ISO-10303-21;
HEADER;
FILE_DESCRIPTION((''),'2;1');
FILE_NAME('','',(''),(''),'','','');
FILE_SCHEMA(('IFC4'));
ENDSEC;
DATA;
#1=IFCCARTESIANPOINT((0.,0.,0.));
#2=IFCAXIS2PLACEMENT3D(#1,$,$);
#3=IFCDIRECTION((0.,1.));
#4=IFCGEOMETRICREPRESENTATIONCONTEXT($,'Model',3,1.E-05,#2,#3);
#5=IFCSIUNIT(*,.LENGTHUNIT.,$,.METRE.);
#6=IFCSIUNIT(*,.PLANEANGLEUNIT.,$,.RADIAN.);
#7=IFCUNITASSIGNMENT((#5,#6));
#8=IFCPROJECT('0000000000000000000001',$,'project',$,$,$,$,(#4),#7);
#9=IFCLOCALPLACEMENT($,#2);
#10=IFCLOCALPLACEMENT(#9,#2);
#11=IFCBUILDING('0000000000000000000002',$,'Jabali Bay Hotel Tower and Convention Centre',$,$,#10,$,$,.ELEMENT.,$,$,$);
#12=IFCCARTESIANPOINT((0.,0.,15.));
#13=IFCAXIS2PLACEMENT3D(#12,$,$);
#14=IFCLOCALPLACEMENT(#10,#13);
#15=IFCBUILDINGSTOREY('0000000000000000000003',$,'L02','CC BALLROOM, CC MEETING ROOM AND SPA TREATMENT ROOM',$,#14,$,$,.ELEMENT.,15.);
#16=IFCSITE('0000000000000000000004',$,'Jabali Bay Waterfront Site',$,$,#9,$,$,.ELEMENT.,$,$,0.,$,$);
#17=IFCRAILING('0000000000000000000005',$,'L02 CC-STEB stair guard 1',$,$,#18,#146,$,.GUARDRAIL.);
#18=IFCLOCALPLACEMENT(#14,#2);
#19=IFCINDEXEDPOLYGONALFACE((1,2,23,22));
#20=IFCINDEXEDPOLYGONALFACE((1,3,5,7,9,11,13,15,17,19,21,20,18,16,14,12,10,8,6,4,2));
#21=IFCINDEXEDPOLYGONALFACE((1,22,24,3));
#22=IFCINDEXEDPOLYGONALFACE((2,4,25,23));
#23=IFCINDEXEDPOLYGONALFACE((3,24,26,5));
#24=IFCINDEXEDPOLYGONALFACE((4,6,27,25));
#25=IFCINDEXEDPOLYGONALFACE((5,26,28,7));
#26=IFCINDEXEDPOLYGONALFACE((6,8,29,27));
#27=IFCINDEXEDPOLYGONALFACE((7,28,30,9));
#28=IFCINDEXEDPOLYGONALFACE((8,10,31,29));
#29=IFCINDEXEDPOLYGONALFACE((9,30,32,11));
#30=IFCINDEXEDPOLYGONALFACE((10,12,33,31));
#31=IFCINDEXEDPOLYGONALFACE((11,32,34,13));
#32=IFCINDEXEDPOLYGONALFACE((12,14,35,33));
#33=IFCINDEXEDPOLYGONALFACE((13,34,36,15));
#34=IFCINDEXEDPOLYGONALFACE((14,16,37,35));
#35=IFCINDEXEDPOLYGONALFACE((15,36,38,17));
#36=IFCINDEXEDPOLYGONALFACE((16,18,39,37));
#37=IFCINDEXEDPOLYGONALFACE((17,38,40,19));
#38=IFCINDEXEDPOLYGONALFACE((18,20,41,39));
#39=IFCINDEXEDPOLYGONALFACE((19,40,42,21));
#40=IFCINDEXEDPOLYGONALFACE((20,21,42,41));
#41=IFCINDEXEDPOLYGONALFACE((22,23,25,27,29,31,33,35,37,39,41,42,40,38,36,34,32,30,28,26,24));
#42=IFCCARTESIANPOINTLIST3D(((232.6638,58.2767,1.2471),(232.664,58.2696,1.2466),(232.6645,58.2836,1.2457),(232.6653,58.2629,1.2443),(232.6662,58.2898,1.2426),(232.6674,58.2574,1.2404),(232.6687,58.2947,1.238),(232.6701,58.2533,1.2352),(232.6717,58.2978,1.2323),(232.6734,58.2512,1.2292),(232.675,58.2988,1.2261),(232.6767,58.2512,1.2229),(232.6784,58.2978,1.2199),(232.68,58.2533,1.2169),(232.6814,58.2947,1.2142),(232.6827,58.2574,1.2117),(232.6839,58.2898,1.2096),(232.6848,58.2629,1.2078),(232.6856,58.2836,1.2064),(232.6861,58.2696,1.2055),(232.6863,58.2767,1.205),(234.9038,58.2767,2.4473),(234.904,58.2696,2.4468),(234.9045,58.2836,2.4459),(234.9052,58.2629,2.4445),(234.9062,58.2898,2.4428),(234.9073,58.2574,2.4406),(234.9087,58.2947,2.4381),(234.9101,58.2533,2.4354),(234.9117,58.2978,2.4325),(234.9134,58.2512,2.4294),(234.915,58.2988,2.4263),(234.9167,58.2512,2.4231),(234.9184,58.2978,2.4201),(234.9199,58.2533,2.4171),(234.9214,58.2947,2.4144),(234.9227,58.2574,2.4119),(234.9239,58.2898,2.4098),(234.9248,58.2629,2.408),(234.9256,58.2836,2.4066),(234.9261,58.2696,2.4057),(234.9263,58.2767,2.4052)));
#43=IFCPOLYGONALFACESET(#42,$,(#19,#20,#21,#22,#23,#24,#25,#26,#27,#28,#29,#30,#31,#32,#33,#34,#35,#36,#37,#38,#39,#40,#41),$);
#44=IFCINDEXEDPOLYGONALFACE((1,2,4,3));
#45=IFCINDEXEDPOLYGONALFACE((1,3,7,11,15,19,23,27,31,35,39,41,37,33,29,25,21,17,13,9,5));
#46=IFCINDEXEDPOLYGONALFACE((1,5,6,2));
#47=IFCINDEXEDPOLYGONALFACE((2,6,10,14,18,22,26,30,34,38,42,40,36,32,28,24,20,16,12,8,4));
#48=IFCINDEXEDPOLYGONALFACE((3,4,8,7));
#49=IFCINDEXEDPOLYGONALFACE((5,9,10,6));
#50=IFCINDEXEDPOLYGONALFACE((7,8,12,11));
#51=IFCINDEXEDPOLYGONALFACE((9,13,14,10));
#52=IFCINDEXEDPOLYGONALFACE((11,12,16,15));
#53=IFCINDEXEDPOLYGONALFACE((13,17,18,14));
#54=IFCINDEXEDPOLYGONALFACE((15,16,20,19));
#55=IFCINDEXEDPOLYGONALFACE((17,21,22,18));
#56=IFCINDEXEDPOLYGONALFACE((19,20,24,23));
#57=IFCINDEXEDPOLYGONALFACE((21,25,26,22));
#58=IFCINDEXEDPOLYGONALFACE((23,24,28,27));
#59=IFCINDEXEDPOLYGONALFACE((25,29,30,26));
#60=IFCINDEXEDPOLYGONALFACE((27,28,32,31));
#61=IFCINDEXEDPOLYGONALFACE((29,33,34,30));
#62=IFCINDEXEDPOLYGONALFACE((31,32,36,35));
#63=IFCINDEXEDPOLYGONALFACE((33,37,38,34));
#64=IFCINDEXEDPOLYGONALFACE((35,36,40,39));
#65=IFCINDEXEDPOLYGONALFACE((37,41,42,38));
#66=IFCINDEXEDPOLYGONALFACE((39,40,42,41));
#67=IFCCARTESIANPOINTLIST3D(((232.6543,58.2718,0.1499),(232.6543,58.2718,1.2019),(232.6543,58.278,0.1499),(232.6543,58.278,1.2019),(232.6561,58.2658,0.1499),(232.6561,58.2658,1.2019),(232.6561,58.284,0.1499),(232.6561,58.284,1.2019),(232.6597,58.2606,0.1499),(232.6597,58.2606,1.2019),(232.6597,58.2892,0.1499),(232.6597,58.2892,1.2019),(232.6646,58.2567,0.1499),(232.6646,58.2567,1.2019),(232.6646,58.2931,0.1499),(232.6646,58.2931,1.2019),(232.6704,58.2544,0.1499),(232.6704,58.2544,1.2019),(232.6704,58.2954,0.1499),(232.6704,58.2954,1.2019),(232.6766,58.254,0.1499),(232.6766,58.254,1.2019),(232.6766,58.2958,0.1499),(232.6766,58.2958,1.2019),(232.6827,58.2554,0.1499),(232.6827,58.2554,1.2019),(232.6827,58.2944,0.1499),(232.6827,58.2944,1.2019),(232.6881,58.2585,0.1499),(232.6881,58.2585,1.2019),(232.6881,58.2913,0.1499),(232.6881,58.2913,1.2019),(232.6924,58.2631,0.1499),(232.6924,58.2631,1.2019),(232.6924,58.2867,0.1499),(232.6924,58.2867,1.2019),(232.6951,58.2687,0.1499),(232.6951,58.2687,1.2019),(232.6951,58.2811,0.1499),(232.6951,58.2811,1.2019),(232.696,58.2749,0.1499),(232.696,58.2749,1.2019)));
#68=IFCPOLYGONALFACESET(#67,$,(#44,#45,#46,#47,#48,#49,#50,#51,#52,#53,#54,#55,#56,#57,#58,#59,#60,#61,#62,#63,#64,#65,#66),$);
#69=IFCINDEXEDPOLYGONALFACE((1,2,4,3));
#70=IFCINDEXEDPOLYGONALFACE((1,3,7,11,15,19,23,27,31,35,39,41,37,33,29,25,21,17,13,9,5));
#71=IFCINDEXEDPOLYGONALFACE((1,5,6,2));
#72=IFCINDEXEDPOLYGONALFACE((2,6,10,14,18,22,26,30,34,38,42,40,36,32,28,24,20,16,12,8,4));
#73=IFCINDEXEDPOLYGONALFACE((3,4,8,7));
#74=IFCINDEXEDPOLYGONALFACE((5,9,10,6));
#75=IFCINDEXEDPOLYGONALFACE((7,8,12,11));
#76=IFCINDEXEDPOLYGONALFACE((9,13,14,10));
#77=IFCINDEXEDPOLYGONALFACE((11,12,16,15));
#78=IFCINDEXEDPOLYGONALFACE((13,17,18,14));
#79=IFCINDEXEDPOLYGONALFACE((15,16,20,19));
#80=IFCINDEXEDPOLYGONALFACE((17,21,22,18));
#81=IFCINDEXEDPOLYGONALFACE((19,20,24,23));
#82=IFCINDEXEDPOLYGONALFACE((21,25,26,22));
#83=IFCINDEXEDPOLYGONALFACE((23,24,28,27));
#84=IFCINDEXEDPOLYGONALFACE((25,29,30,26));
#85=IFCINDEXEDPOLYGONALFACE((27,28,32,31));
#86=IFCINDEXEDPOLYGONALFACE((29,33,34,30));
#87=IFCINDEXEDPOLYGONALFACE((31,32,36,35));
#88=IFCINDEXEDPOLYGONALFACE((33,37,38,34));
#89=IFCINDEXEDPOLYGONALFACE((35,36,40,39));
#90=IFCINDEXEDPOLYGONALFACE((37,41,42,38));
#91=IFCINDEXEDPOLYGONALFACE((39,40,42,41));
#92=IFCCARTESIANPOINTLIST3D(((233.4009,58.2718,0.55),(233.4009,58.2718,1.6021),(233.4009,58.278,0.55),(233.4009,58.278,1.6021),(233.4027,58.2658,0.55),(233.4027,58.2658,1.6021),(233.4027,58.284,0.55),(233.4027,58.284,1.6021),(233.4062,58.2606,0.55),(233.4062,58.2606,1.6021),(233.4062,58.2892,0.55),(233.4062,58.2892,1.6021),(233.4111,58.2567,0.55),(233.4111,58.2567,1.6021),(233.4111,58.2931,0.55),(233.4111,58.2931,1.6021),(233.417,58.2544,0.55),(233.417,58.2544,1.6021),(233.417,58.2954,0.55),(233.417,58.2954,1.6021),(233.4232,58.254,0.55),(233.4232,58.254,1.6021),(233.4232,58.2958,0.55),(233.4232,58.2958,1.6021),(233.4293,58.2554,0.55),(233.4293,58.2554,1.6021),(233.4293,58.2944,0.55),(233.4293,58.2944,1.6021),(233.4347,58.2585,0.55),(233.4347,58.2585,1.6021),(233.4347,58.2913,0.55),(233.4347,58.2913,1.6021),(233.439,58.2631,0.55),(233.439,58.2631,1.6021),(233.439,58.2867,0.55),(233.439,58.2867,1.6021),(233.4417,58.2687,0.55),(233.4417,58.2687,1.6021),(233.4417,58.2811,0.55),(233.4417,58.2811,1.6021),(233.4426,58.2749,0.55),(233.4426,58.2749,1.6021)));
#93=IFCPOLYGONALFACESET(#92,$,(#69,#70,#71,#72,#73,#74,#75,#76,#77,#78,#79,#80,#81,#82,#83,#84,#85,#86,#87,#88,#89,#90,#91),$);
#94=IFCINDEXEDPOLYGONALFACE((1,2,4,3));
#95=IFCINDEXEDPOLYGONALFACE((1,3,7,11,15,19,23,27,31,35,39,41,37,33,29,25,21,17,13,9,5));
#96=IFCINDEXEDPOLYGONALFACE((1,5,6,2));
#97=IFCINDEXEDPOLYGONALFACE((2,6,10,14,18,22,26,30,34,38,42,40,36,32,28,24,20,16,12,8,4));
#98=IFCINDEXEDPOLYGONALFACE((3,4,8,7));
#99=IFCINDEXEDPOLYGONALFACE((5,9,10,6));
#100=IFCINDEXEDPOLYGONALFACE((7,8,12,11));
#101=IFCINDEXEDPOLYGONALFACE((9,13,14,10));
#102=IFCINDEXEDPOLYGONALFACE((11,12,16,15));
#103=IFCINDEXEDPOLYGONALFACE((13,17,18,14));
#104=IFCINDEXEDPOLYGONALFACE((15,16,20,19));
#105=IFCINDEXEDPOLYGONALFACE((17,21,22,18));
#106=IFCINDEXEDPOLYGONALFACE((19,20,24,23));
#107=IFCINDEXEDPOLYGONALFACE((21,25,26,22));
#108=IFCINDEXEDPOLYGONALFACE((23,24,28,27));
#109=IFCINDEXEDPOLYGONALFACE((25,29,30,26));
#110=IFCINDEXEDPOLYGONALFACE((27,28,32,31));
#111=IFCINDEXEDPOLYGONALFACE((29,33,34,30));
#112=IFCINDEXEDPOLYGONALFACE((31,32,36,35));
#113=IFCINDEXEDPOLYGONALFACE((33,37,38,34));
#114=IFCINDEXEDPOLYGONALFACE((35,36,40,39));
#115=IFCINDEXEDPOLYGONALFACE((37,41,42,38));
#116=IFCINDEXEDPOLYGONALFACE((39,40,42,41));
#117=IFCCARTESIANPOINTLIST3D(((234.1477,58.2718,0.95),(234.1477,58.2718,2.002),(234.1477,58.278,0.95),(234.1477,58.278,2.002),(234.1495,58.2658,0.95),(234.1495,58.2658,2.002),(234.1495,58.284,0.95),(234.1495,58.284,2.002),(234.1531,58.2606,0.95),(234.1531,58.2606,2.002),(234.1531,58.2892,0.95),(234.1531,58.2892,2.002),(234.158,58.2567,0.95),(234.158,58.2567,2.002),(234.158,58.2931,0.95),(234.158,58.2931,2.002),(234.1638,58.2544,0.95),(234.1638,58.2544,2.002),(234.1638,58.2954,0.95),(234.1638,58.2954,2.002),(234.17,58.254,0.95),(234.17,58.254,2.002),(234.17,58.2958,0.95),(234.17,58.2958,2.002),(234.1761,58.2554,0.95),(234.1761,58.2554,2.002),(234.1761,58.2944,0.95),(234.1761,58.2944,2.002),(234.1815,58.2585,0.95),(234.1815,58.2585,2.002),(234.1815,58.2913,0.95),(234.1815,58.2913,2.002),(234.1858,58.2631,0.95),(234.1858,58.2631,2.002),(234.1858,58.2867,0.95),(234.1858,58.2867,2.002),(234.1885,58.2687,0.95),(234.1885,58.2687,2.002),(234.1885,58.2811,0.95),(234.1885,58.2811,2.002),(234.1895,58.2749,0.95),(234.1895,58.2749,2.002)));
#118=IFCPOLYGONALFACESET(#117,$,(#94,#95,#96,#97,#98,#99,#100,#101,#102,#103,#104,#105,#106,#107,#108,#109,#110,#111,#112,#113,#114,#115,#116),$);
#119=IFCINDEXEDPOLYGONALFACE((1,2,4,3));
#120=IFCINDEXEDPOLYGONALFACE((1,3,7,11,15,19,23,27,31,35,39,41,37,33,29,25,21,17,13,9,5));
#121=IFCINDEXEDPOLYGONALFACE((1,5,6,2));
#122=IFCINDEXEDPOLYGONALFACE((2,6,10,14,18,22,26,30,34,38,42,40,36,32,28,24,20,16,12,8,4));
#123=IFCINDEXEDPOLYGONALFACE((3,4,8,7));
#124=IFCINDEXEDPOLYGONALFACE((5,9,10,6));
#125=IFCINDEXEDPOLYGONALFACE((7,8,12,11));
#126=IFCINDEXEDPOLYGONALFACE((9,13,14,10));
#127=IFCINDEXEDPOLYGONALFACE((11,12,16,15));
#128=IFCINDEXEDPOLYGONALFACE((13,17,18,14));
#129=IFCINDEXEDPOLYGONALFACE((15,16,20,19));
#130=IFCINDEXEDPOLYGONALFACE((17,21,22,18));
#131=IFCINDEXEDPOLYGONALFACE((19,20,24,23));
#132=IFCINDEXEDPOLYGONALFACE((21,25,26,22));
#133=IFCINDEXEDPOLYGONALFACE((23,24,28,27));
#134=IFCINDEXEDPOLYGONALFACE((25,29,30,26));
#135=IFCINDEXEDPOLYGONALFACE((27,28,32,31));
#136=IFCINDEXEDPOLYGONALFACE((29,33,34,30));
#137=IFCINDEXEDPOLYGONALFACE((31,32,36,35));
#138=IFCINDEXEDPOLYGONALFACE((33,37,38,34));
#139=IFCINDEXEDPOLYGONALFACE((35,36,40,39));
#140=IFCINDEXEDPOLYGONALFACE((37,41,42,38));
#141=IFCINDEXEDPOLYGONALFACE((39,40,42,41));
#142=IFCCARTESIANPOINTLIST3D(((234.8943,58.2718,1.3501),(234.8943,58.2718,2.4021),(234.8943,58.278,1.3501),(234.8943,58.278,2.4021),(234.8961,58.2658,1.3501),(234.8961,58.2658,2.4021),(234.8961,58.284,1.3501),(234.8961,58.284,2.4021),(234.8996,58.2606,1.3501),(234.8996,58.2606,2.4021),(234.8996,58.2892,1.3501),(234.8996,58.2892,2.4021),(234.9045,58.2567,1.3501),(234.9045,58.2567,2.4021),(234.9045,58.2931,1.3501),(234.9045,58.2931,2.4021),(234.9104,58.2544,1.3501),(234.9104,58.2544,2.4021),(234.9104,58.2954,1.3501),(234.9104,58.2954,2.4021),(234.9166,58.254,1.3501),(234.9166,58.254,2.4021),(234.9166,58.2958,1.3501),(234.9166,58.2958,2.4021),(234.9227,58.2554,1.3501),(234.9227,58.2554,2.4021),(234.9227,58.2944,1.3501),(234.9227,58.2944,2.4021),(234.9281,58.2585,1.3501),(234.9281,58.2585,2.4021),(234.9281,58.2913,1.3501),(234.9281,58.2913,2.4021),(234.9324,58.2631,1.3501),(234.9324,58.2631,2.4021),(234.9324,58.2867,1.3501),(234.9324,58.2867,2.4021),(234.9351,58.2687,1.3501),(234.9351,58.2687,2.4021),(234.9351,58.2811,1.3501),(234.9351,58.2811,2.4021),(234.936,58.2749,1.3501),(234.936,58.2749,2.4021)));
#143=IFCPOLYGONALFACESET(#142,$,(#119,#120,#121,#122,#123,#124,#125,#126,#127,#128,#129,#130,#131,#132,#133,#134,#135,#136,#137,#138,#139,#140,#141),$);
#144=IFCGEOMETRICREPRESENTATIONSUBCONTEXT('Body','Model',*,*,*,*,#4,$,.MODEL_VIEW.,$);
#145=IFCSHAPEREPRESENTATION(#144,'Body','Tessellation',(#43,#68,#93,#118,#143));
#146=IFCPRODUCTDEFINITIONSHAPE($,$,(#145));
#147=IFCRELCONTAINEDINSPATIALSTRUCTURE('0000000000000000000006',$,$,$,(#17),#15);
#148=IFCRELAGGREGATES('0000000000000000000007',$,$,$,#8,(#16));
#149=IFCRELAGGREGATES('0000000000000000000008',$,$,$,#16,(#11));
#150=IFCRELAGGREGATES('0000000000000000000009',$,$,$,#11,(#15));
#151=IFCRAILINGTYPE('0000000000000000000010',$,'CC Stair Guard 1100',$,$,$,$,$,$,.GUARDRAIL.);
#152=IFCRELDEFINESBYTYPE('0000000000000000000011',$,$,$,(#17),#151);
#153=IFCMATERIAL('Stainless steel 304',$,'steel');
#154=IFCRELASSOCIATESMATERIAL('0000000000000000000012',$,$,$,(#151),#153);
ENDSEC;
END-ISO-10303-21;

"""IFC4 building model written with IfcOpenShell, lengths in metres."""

from ifc_helpers import new_model, si_unit, direction, frame, origin, origin_2d, place, context, subcontext, project, spatial, circle, extrude, material, type_object, element, save


model = new_model("IFC4")

# Units and contexts
model_context = context("Model", 3, precision=1e-05, world=origin(), true_north=direction((0.0, 1.0)))
body_context = subcontext(model_context, "Body", "Model", "MODEL_VIEW")
ifc_project = project(units=[si_unit("LENGTHUNIT", "METRE"), si_unit("PLANEANGLEUNIT", "RADIAN")], contexts=[model_context])

# Site, building, storey
site_placement = place(None, origin())
site = spatial("IfcSite", under=ifc_project, at=site_placement, Name="Jabali Bay Waterfront Site", CompositionType="ELEMENT", RefElevation=0.0)
building_placement = place(site_placement, origin())
building = spatial("IfcBuilding", under=site, at=building_placement, Name="Jabali Bay Hotel Tower and Convention Centre", CompositionType="ELEMENT")
storey_placement = place(building_placement, frame((0.0, 0.0, 15.0)))
storey = spatial("IfcBuildingStorey", under=building, at=storey_placement, Name="L02", Description="CC BALLROOM, CC MEETING ROOM AND SPA TREATMENT ROOM", CompositionType="ELEMENT", Elevation=15.0)

# Railing
ifc_material_1 = material(Name="Stainless steel 304", Category="steel")
railing_type_1 = type_object("IfcRailingType", Name="CC Stair Guard 1100", PredefinedType="GUARDRAIL", material=ifc_material_1)
railing_1_placement = place(storey_placement, frame((232.675, 58.2749, 0.1499)))
element("IfcRailing", 1, at=railing_1_placement, inside=storey, type_object=railing_type_1, Name="L02 CC-STEB stair guard 1", PredefinedType="GUARDRAIL", context=body_context, shape_type="SweptSolid", body=[
    extrude(circle(Radius=0.0239, at=origin_2d()), frame((0.0, 0.0, 1.0762), z_axis=(0.881447, 0.0, 0.472283), x_axis=(0.0, 1.0, 0.0)), (0.0, 0.0, 1.0), 2.5413),
    extrude(circle(Radius=0.021, at=origin_2d()), origin(), (0.0, 0.0, 1.0), 1.052),
    extrude(circle(Radius=0.021, at=origin_2d()), frame((0.7466, 0.0, 0.4001)), (0.0, 0.0, 1.0), 1.052),
    extrude(circle(Radius=0.021, at=origin_2d()), frame((1.4934, 0.0, 0.8)), (0.0, 0.0, 1.0), 1.052),
    extrude(circle(Radius=0.021, at=origin_2d()), frame((2.24, 0.0, 1.2002)), (0.0, 0.0, 1.0), 1.052),
])

save(model, "model.ifc")
